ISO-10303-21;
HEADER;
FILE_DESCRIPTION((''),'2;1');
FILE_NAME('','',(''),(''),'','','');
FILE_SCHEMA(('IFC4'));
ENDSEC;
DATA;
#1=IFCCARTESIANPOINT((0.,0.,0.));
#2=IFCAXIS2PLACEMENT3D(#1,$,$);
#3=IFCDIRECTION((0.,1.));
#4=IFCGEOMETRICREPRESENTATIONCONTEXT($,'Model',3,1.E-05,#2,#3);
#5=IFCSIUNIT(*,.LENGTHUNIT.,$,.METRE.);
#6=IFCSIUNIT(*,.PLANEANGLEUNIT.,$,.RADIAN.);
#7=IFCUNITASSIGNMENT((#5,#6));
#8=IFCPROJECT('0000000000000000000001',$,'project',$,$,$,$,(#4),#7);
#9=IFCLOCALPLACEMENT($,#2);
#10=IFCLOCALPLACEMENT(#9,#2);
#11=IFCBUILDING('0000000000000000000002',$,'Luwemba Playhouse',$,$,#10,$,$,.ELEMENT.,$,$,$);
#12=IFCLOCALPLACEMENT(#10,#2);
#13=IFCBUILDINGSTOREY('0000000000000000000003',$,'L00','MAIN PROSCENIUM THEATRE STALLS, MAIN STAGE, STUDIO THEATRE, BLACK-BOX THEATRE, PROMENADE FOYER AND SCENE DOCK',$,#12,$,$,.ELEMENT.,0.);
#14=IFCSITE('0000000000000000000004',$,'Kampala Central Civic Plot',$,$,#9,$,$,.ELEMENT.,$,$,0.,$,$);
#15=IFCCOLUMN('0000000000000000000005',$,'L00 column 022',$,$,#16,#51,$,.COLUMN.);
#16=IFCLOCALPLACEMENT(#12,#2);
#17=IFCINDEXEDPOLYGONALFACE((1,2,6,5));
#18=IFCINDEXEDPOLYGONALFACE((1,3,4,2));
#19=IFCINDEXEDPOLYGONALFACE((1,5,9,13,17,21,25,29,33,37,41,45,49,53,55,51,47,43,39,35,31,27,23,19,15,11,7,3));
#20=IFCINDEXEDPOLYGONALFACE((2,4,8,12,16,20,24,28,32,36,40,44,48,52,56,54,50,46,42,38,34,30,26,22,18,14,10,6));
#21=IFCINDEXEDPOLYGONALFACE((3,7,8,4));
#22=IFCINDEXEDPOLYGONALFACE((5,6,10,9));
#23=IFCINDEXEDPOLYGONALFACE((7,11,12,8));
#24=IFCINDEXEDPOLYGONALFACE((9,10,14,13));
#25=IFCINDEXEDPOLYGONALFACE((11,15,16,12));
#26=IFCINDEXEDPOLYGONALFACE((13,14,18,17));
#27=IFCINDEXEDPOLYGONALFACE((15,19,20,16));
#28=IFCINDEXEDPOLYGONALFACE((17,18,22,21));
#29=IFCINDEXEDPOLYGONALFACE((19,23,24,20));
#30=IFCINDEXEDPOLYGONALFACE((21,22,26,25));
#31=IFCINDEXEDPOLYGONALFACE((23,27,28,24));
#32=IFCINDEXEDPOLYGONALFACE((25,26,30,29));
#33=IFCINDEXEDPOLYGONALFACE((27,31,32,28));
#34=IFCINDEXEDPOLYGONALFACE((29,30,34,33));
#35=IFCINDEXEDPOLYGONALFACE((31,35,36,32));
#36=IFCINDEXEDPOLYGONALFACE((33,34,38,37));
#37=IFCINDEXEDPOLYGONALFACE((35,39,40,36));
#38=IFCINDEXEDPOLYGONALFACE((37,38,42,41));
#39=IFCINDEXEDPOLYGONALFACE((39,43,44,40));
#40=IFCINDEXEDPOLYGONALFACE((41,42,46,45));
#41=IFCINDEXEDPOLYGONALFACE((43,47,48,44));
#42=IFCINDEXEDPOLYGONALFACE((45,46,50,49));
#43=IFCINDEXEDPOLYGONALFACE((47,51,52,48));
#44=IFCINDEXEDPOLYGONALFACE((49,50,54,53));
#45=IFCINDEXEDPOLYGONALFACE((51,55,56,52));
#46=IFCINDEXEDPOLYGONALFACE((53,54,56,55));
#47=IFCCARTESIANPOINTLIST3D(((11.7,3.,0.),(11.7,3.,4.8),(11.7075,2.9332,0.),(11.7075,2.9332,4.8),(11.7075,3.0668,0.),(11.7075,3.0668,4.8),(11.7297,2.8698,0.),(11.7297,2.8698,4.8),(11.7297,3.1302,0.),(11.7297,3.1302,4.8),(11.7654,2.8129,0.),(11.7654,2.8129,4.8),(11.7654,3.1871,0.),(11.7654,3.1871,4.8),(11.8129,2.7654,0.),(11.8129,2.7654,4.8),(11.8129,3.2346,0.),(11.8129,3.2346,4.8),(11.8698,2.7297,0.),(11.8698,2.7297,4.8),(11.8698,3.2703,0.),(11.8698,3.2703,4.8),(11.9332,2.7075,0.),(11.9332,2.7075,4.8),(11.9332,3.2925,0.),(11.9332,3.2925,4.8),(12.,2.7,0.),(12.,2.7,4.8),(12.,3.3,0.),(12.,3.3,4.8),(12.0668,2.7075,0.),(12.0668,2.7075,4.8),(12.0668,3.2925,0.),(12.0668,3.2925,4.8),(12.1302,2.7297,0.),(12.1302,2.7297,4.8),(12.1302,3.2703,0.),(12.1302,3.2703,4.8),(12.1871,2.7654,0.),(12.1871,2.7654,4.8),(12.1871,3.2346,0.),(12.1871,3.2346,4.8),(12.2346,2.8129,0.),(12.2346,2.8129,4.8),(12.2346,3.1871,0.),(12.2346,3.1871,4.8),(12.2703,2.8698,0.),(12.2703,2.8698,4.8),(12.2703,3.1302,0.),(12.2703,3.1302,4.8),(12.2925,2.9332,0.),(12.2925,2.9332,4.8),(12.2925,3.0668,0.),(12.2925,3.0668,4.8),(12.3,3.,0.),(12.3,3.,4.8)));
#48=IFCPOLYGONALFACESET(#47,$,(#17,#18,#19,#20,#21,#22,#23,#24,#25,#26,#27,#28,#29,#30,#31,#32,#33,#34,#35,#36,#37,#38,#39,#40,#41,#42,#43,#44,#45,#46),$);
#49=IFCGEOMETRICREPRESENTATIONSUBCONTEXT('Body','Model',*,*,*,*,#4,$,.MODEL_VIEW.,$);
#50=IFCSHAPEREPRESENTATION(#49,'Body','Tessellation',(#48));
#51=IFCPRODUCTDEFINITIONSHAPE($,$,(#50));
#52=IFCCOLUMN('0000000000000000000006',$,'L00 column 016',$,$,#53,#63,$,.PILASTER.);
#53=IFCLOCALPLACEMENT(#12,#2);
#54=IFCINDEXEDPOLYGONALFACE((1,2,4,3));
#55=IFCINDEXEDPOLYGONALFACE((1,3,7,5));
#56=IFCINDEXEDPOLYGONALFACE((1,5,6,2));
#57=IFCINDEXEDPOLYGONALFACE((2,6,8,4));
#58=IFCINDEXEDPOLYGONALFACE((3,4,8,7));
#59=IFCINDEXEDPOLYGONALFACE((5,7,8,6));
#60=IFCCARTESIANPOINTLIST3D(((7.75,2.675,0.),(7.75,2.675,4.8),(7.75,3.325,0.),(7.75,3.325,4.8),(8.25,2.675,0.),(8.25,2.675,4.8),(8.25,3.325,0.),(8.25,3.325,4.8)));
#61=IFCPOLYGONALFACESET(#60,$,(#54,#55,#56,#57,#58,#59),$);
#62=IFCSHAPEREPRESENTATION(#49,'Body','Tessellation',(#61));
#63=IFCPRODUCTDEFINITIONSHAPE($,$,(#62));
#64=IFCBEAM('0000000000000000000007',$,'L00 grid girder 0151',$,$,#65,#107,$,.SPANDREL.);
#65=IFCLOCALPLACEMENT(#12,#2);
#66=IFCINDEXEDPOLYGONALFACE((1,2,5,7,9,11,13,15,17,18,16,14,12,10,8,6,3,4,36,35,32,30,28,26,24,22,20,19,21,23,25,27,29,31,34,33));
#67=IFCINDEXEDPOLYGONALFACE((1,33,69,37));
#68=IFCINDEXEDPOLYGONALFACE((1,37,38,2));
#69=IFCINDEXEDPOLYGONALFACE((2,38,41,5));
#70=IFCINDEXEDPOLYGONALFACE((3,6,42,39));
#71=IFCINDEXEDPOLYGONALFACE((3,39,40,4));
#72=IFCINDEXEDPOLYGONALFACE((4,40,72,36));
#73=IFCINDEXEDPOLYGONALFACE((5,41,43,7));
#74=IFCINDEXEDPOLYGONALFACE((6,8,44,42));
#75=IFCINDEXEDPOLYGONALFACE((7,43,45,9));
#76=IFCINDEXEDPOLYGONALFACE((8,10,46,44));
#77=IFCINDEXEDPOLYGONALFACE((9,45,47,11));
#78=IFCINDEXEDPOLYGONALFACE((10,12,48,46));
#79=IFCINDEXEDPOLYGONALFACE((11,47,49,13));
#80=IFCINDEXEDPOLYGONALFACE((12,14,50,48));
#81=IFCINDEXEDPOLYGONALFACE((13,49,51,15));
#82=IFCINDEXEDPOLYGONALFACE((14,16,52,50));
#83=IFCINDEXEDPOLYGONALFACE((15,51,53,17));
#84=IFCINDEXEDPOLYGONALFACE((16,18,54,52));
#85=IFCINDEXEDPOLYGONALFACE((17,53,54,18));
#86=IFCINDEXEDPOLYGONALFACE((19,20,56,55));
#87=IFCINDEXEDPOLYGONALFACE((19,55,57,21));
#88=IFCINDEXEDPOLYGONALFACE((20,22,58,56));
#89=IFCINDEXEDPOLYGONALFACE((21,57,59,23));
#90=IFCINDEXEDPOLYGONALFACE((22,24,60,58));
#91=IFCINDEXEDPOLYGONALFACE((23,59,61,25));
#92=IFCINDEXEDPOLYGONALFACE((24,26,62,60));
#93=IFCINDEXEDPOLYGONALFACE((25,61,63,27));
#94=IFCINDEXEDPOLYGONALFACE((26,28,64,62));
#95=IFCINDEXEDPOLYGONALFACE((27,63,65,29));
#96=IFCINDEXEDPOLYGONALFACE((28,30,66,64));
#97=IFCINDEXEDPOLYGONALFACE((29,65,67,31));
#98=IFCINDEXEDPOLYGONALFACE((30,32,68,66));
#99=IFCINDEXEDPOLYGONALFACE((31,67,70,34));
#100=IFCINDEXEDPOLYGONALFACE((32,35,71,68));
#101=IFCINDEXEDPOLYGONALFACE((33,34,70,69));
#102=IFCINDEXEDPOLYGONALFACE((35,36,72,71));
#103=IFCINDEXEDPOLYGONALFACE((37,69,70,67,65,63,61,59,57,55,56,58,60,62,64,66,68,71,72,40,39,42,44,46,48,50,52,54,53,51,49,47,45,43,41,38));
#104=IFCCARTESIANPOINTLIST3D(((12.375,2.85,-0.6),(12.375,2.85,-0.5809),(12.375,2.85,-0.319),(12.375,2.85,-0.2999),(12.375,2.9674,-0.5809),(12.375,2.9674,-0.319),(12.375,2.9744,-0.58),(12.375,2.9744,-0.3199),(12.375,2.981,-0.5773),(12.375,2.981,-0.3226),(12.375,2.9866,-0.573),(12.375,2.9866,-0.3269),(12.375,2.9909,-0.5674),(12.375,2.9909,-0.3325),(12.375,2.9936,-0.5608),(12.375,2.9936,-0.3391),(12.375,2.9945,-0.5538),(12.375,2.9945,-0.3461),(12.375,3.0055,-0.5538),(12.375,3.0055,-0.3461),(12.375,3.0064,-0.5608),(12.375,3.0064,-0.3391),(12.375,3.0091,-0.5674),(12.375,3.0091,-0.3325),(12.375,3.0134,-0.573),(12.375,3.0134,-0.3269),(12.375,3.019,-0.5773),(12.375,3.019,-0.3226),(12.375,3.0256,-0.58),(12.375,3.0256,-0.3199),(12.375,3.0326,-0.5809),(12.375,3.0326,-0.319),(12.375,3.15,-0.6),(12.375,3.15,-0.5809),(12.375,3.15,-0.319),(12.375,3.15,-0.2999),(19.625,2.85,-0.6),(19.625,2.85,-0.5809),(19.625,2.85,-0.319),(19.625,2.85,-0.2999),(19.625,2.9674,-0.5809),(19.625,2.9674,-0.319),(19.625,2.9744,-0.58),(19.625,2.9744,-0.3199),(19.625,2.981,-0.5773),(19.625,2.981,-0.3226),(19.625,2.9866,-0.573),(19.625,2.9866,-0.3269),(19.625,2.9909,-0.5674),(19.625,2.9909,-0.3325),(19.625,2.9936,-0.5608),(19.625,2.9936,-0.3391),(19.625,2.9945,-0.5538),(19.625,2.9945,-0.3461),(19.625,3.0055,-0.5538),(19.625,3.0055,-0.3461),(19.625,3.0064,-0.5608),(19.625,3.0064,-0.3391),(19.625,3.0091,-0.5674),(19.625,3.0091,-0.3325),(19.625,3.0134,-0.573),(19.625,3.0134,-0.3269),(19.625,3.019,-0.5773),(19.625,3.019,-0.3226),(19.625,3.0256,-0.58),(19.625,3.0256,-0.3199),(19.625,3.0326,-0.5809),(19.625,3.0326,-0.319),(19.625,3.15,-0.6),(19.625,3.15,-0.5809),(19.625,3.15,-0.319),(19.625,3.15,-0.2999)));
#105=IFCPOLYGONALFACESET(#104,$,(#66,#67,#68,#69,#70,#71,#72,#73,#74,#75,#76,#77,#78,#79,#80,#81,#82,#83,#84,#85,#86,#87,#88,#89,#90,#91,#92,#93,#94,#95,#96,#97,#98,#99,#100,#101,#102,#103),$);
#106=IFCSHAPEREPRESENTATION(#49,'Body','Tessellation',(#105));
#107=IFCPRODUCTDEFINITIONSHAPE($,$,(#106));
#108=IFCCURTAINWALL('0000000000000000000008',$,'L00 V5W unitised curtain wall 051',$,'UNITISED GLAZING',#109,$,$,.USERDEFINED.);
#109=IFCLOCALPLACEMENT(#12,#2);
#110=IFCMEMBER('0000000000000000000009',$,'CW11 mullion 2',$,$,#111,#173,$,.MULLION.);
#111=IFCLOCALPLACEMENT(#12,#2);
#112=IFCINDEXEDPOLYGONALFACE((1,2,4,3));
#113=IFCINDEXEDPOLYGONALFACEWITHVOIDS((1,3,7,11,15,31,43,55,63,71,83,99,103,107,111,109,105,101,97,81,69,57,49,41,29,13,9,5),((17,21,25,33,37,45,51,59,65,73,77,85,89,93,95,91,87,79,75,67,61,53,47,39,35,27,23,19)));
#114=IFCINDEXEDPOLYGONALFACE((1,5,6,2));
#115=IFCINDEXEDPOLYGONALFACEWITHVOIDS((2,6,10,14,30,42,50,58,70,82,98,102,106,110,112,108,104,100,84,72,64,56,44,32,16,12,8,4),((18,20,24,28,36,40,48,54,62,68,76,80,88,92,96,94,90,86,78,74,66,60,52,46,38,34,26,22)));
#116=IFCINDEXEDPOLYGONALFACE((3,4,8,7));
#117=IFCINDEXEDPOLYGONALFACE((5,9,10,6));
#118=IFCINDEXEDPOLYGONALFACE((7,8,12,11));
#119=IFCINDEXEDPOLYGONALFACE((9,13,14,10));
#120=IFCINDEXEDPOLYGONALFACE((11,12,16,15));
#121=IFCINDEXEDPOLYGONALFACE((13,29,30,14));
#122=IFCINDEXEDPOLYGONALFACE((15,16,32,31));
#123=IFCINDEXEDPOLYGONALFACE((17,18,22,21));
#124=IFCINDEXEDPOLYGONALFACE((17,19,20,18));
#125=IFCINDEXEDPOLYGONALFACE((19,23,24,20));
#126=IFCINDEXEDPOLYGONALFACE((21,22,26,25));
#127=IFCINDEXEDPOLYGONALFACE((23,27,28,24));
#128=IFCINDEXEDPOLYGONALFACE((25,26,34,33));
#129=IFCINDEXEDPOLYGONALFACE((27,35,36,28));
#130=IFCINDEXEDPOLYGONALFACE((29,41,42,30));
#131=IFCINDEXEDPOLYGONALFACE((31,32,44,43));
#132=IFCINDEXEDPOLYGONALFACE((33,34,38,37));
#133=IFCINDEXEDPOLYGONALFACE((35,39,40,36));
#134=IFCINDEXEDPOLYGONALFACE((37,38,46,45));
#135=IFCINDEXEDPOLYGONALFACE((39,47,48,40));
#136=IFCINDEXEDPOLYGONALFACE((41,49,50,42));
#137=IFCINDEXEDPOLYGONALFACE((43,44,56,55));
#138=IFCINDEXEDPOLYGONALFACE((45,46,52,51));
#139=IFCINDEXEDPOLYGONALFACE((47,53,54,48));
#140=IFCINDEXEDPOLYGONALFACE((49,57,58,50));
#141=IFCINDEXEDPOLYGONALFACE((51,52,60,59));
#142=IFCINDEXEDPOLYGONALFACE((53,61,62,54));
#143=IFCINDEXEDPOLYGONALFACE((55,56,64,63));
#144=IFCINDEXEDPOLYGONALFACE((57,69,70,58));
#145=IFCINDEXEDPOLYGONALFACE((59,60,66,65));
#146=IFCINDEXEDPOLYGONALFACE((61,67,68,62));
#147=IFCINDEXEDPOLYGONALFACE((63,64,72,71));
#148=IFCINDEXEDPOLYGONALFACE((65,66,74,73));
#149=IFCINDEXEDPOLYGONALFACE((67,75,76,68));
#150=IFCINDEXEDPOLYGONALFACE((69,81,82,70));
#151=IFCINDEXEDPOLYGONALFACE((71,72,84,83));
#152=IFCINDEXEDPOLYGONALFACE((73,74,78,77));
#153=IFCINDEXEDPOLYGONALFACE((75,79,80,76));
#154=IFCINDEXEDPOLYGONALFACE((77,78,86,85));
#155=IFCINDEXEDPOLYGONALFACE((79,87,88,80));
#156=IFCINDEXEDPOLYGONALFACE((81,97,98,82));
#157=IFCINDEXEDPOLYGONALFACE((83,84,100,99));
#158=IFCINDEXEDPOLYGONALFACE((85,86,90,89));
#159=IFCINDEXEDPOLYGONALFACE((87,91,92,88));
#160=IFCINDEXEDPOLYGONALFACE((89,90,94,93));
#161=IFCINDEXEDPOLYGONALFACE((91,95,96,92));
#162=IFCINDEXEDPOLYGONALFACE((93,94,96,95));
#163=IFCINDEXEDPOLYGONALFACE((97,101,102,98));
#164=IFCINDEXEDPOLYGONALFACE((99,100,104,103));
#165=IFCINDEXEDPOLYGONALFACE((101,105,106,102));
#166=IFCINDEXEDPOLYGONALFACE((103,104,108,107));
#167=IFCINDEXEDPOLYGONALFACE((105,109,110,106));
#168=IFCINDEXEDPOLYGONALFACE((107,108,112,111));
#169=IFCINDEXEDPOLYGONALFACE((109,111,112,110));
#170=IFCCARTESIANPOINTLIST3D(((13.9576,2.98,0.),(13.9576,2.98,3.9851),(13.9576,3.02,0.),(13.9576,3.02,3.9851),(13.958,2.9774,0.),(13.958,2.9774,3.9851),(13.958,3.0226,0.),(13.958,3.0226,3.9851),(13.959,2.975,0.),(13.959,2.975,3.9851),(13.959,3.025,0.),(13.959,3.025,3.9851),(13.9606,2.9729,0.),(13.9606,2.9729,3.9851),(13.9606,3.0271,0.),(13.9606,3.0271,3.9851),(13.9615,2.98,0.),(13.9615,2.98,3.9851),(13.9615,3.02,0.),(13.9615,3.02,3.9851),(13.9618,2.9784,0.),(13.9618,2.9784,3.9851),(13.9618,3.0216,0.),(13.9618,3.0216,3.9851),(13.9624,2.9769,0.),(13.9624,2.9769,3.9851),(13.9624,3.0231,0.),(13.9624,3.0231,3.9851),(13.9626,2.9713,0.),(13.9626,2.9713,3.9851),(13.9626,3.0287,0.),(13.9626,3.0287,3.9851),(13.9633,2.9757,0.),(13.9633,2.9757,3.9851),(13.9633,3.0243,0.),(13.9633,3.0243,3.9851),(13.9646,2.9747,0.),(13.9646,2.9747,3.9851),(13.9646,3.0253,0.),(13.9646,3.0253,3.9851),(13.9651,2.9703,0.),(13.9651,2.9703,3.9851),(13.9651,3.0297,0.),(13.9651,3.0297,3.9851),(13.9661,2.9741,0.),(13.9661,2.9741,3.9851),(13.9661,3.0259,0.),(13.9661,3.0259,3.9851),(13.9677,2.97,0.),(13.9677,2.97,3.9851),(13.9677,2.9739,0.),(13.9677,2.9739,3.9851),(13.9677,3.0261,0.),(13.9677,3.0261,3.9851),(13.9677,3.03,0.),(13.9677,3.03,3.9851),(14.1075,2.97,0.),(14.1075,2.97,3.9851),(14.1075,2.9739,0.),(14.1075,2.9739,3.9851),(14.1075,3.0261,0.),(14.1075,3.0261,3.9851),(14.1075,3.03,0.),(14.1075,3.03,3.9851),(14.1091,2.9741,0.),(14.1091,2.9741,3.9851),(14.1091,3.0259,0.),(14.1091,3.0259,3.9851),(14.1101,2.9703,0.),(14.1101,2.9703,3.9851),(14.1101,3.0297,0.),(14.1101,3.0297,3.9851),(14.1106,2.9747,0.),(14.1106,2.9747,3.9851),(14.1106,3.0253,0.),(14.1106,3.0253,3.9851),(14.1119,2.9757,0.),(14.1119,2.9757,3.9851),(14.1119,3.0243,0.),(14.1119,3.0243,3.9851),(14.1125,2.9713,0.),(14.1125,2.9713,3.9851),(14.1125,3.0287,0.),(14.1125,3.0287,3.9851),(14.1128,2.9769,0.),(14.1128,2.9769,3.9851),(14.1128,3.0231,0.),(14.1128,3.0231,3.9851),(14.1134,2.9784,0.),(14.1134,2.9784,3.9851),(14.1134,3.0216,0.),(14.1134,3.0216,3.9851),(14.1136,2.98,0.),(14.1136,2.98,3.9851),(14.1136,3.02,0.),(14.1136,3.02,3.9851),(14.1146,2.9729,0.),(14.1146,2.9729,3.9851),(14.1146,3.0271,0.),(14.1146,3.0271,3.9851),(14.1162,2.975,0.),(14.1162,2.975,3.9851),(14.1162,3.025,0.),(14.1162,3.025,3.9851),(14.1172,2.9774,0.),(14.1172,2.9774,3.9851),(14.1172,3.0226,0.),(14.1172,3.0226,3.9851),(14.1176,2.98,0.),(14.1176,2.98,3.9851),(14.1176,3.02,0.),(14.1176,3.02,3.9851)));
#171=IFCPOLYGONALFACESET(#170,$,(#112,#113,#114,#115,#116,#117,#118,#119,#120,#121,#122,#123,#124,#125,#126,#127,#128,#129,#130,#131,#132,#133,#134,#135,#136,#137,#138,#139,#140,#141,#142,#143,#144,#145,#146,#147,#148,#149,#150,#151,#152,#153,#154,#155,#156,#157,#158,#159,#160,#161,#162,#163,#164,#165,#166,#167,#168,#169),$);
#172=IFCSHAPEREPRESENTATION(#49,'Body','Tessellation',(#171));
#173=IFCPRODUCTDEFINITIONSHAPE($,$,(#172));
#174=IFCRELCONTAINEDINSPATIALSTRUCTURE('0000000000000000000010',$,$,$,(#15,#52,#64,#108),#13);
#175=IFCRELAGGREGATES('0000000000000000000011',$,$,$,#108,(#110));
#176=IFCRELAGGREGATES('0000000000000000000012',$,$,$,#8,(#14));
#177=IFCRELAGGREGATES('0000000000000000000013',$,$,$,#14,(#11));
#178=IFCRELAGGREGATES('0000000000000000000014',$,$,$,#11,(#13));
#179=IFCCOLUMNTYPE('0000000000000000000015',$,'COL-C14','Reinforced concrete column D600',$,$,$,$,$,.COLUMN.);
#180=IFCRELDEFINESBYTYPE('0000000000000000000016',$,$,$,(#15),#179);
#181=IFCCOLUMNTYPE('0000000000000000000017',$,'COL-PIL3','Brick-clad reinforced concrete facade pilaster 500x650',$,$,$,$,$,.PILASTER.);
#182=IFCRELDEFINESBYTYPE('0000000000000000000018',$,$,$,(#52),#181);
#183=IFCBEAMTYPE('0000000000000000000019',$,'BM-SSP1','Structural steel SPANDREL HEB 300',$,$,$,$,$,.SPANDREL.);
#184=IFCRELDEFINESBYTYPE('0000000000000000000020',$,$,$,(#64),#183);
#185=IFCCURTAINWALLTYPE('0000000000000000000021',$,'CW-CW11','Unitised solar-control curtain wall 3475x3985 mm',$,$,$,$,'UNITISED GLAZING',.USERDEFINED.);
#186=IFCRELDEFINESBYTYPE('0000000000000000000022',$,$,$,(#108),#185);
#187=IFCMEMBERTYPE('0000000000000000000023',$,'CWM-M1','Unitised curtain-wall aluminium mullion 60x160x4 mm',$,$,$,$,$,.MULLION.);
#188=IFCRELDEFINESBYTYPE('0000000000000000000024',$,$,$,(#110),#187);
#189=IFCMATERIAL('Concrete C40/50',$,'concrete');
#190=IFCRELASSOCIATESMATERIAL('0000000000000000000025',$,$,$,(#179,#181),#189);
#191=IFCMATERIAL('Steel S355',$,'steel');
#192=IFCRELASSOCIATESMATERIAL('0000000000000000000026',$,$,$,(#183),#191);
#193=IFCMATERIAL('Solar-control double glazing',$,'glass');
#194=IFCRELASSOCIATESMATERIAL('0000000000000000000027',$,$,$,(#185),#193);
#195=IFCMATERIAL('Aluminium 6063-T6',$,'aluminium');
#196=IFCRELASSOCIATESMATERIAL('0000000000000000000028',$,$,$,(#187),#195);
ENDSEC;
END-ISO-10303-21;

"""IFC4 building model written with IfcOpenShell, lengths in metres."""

from ifc_helpers import new_model, si_unit, direction, frame, origin, origin_2d, place, context, subcontext, project, spatial, rectangle, hollow_rectangle, circle, i_section, extrude, material, material_profile, profile_set, type_object, element, aggregate, save


model = new_model("IFC4")

# Units and contexts
model_context = context("Model", 3, precision=1e-05, world=origin(), true_north=direction((0.0, 1.0)))
body_context = subcontext(model_context, "Body", "Model", "MODEL_VIEW")
ifc_project = project(units=[si_unit("LENGTHUNIT", "METRE"), si_unit("PLANEANGLEUNIT", "RADIAN")], contexts=[model_context])

# Site, building, storey
site_placement = place(None, origin())
site = spatial("IfcSite", under=ifc_project, at=site_placement, Name="Kampala Central Civic Plot", CompositionType="ELEMENT", RefElevation=0.0)
building_placement = place(site_placement, origin())
building = spatial("IfcBuilding", under=site, at=building_placement, Name="Luwemba Playhouse", CompositionType="ELEMENT")
storey_placement = place(building_placement, origin())
storey = spatial("IfcBuildingStorey", under=building, at=storey_placement, Name="L00", Description="MAIN PROSCENIUM THEATRE STALLS, MAIN STAGE, STUDIO THEATRE, BLACK-BOX THEATRE, PROMENADE FOYER AND SCENE DOCK", CompositionType="ELEMENT", Elevation=0.0)

# Columns
ifc_material_1 = material(Name="Concrete C40/50", Category="concrete")
ifc_material_profile_1 = material_profile(ifc_material_1, circle(Radius=0.3, at=origin_2d()))
ifc_profile_set_1 = profile_set([ifc_material_profile_1], Name="Concrete C40/50")
column_type_1 = type_object("IfcColumnType", Name="COL-C14", Description="Reinforced concrete column D600", PredefinedType="COLUMN", material=ifc_profile_set_1)
column_1_placement = place(storey_placement, frame((12.0, 3.0, 0.0), z_axis=(0.0, 0.0, 1.0), x_axis=(1.0, 0.0, 0.0)))
element("IfcColumn", 1, at=column_1_placement, inside=storey, type_object=column_type_1, Name="L00 column 022", PredefinedType="COLUMN", context=body_context, shape_type="SweptSolid", body=[
    extrude(circle(Radius=0.3, at=origin_2d()), origin(), (0.0, 0.0, 1.0), 4.8),
])
ifc_material_profile_2 = material_profile(ifc_material_1, rectangle(XDim=0.5, YDim=0.6499, at=origin_2d()))
ifc_profile_set_2 = profile_set([ifc_material_profile_2], Name="Concrete C40/50")
column_type_2 = type_object("IfcColumnType", Name="COL-PIL3", Description="Brick-clad reinforced concrete facade pilaster 500x650", PredefinedType="PILASTER", material=ifc_profile_set_2)
column_2_placement = place(storey_placement, frame((8.0, 3.0, 0.0), z_axis=(0.0, 0.0, 1.0), x_axis=(1.0, 0.0, 0.0)))
element("IfcColumn", 2, at=column_2_placement, inside=storey, type_object=column_type_2, Name="L00 column 016", PredefinedType="PILASTER", context=body_context, shape_type="SweptSolid", body=[
    extrude(rectangle(XDim=0.5, YDim=0.6499, at=origin_2d()), origin(), (0.0, 0.0, 1.0), 4.8),
])

# Beam
ifc_material_2 = material(Name="Steel S355", Category="steel")
ifc_material_profile_3 = material_profile(ifc_material_2, i_section(OverallWidth=0.3, OverallDepth=0.3, WebThickness=0.011, FlangeThickness=0.019, FilletRadius=0.0271, at=origin_2d()))
ifc_profile_set_3 = profile_set([ifc_material_profile_3], Name="Steel S355")
beam_type = type_object("IfcBeamType", Name="BM-SSP1", Description="Structural steel SPANDREL HEB 300", PredefinedType="SPANDREL", material=ifc_profile_set_3)
beam_placement = place(storey_placement, frame((12.375, 3.0, -0.45), z_axis=(1.0, 0.0, 0.0), x_axis=(0.0, 1.0, 0.0)))
element("IfcBeam", 3, at=beam_placement, inside=storey, type_object=beam_type, Name="L00 grid girder 0151", PredefinedType="SPANDREL", context=body_context, shape_type="SweptSolid", body=[
    extrude(i_section(OverallWidth=0.3, OverallDepth=0.3, WebThickness=0.011, FlangeThickness=0.019, FilletRadius=0.0271, at=origin_2d()), origin(), (0.0, 0.0, 1.0), 7.25),
])

# Curtain wall, member
ifc_material_3 = material(Name="Solar-control double glazing", Category="glass")
curtain_wall_type_1 = type_object("IfcCurtainWallType", Name="CW-CW11", Description="Unitised solar-control curtain wall 3475x3985 mm", ElementType="UNITISED GLAZING", PredefinedType="USERDEFINED", material=ifc_material_3)
curtain_wall_1_placement = place(storey_placement, origin())
curtain_wall_1 = element("IfcCurtainWall", 4, at=curtain_wall_1_placement, inside=storey, type_object=curtain_wall_type_1, Name="L00 V5W unitised curtain wall 051", ObjectType="UNITISED GLAZING", PredefinedType="USERDEFINED")
ifc_material_4 = material(Name="Aluminium 6063-T6", Category="aluminium")
ifc_material_profile_4 = material_profile(ifc_material_4, hollow_rectangle(XDim=0.0601, YDim=0.1599, WallThickness=0.0039, InnerFilletRadius=0.0061, OuterFilletRadius=0.01, at=origin_2d()))
ifc_profile_set_4 = profile_set([ifc_material_profile_4], Name="Aluminium 6063-T6")
member_type_1 = type_object("IfcMemberType", Name="CWM-M1", Description="Unitised curtain-wall aluminium mullion 60x160x4 mm", PredefinedType="MULLION", material=ifc_profile_set_4)
member_1_placement = place(storey_placement, frame((14.0376, 3.0, 0.0), z_axis=(0.0, 0.0, 1.0), x_axis=(0.0, -1.0, 0.0)))
member_1 = element("IfcMember", 5, at=member_1_placement, type_object=member_type_1, Name="CW11 mullion 2", PredefinedType="MULLION", context=body_context, shape_type="SweptSolid", body=[
    extrude(hollow_rectangle(XDim=0.0601, YDim=0.1599, WallThickness=0.0039, InnerFilletRadius=0.0061, OuterFilletRadius=0.01, at=origin_2d()), origin(), (0.0, 0.0, 1.0), 3.9851),
])

aggregate(curtain_wall_1, [member_1])

save(model, "model.ifc")
